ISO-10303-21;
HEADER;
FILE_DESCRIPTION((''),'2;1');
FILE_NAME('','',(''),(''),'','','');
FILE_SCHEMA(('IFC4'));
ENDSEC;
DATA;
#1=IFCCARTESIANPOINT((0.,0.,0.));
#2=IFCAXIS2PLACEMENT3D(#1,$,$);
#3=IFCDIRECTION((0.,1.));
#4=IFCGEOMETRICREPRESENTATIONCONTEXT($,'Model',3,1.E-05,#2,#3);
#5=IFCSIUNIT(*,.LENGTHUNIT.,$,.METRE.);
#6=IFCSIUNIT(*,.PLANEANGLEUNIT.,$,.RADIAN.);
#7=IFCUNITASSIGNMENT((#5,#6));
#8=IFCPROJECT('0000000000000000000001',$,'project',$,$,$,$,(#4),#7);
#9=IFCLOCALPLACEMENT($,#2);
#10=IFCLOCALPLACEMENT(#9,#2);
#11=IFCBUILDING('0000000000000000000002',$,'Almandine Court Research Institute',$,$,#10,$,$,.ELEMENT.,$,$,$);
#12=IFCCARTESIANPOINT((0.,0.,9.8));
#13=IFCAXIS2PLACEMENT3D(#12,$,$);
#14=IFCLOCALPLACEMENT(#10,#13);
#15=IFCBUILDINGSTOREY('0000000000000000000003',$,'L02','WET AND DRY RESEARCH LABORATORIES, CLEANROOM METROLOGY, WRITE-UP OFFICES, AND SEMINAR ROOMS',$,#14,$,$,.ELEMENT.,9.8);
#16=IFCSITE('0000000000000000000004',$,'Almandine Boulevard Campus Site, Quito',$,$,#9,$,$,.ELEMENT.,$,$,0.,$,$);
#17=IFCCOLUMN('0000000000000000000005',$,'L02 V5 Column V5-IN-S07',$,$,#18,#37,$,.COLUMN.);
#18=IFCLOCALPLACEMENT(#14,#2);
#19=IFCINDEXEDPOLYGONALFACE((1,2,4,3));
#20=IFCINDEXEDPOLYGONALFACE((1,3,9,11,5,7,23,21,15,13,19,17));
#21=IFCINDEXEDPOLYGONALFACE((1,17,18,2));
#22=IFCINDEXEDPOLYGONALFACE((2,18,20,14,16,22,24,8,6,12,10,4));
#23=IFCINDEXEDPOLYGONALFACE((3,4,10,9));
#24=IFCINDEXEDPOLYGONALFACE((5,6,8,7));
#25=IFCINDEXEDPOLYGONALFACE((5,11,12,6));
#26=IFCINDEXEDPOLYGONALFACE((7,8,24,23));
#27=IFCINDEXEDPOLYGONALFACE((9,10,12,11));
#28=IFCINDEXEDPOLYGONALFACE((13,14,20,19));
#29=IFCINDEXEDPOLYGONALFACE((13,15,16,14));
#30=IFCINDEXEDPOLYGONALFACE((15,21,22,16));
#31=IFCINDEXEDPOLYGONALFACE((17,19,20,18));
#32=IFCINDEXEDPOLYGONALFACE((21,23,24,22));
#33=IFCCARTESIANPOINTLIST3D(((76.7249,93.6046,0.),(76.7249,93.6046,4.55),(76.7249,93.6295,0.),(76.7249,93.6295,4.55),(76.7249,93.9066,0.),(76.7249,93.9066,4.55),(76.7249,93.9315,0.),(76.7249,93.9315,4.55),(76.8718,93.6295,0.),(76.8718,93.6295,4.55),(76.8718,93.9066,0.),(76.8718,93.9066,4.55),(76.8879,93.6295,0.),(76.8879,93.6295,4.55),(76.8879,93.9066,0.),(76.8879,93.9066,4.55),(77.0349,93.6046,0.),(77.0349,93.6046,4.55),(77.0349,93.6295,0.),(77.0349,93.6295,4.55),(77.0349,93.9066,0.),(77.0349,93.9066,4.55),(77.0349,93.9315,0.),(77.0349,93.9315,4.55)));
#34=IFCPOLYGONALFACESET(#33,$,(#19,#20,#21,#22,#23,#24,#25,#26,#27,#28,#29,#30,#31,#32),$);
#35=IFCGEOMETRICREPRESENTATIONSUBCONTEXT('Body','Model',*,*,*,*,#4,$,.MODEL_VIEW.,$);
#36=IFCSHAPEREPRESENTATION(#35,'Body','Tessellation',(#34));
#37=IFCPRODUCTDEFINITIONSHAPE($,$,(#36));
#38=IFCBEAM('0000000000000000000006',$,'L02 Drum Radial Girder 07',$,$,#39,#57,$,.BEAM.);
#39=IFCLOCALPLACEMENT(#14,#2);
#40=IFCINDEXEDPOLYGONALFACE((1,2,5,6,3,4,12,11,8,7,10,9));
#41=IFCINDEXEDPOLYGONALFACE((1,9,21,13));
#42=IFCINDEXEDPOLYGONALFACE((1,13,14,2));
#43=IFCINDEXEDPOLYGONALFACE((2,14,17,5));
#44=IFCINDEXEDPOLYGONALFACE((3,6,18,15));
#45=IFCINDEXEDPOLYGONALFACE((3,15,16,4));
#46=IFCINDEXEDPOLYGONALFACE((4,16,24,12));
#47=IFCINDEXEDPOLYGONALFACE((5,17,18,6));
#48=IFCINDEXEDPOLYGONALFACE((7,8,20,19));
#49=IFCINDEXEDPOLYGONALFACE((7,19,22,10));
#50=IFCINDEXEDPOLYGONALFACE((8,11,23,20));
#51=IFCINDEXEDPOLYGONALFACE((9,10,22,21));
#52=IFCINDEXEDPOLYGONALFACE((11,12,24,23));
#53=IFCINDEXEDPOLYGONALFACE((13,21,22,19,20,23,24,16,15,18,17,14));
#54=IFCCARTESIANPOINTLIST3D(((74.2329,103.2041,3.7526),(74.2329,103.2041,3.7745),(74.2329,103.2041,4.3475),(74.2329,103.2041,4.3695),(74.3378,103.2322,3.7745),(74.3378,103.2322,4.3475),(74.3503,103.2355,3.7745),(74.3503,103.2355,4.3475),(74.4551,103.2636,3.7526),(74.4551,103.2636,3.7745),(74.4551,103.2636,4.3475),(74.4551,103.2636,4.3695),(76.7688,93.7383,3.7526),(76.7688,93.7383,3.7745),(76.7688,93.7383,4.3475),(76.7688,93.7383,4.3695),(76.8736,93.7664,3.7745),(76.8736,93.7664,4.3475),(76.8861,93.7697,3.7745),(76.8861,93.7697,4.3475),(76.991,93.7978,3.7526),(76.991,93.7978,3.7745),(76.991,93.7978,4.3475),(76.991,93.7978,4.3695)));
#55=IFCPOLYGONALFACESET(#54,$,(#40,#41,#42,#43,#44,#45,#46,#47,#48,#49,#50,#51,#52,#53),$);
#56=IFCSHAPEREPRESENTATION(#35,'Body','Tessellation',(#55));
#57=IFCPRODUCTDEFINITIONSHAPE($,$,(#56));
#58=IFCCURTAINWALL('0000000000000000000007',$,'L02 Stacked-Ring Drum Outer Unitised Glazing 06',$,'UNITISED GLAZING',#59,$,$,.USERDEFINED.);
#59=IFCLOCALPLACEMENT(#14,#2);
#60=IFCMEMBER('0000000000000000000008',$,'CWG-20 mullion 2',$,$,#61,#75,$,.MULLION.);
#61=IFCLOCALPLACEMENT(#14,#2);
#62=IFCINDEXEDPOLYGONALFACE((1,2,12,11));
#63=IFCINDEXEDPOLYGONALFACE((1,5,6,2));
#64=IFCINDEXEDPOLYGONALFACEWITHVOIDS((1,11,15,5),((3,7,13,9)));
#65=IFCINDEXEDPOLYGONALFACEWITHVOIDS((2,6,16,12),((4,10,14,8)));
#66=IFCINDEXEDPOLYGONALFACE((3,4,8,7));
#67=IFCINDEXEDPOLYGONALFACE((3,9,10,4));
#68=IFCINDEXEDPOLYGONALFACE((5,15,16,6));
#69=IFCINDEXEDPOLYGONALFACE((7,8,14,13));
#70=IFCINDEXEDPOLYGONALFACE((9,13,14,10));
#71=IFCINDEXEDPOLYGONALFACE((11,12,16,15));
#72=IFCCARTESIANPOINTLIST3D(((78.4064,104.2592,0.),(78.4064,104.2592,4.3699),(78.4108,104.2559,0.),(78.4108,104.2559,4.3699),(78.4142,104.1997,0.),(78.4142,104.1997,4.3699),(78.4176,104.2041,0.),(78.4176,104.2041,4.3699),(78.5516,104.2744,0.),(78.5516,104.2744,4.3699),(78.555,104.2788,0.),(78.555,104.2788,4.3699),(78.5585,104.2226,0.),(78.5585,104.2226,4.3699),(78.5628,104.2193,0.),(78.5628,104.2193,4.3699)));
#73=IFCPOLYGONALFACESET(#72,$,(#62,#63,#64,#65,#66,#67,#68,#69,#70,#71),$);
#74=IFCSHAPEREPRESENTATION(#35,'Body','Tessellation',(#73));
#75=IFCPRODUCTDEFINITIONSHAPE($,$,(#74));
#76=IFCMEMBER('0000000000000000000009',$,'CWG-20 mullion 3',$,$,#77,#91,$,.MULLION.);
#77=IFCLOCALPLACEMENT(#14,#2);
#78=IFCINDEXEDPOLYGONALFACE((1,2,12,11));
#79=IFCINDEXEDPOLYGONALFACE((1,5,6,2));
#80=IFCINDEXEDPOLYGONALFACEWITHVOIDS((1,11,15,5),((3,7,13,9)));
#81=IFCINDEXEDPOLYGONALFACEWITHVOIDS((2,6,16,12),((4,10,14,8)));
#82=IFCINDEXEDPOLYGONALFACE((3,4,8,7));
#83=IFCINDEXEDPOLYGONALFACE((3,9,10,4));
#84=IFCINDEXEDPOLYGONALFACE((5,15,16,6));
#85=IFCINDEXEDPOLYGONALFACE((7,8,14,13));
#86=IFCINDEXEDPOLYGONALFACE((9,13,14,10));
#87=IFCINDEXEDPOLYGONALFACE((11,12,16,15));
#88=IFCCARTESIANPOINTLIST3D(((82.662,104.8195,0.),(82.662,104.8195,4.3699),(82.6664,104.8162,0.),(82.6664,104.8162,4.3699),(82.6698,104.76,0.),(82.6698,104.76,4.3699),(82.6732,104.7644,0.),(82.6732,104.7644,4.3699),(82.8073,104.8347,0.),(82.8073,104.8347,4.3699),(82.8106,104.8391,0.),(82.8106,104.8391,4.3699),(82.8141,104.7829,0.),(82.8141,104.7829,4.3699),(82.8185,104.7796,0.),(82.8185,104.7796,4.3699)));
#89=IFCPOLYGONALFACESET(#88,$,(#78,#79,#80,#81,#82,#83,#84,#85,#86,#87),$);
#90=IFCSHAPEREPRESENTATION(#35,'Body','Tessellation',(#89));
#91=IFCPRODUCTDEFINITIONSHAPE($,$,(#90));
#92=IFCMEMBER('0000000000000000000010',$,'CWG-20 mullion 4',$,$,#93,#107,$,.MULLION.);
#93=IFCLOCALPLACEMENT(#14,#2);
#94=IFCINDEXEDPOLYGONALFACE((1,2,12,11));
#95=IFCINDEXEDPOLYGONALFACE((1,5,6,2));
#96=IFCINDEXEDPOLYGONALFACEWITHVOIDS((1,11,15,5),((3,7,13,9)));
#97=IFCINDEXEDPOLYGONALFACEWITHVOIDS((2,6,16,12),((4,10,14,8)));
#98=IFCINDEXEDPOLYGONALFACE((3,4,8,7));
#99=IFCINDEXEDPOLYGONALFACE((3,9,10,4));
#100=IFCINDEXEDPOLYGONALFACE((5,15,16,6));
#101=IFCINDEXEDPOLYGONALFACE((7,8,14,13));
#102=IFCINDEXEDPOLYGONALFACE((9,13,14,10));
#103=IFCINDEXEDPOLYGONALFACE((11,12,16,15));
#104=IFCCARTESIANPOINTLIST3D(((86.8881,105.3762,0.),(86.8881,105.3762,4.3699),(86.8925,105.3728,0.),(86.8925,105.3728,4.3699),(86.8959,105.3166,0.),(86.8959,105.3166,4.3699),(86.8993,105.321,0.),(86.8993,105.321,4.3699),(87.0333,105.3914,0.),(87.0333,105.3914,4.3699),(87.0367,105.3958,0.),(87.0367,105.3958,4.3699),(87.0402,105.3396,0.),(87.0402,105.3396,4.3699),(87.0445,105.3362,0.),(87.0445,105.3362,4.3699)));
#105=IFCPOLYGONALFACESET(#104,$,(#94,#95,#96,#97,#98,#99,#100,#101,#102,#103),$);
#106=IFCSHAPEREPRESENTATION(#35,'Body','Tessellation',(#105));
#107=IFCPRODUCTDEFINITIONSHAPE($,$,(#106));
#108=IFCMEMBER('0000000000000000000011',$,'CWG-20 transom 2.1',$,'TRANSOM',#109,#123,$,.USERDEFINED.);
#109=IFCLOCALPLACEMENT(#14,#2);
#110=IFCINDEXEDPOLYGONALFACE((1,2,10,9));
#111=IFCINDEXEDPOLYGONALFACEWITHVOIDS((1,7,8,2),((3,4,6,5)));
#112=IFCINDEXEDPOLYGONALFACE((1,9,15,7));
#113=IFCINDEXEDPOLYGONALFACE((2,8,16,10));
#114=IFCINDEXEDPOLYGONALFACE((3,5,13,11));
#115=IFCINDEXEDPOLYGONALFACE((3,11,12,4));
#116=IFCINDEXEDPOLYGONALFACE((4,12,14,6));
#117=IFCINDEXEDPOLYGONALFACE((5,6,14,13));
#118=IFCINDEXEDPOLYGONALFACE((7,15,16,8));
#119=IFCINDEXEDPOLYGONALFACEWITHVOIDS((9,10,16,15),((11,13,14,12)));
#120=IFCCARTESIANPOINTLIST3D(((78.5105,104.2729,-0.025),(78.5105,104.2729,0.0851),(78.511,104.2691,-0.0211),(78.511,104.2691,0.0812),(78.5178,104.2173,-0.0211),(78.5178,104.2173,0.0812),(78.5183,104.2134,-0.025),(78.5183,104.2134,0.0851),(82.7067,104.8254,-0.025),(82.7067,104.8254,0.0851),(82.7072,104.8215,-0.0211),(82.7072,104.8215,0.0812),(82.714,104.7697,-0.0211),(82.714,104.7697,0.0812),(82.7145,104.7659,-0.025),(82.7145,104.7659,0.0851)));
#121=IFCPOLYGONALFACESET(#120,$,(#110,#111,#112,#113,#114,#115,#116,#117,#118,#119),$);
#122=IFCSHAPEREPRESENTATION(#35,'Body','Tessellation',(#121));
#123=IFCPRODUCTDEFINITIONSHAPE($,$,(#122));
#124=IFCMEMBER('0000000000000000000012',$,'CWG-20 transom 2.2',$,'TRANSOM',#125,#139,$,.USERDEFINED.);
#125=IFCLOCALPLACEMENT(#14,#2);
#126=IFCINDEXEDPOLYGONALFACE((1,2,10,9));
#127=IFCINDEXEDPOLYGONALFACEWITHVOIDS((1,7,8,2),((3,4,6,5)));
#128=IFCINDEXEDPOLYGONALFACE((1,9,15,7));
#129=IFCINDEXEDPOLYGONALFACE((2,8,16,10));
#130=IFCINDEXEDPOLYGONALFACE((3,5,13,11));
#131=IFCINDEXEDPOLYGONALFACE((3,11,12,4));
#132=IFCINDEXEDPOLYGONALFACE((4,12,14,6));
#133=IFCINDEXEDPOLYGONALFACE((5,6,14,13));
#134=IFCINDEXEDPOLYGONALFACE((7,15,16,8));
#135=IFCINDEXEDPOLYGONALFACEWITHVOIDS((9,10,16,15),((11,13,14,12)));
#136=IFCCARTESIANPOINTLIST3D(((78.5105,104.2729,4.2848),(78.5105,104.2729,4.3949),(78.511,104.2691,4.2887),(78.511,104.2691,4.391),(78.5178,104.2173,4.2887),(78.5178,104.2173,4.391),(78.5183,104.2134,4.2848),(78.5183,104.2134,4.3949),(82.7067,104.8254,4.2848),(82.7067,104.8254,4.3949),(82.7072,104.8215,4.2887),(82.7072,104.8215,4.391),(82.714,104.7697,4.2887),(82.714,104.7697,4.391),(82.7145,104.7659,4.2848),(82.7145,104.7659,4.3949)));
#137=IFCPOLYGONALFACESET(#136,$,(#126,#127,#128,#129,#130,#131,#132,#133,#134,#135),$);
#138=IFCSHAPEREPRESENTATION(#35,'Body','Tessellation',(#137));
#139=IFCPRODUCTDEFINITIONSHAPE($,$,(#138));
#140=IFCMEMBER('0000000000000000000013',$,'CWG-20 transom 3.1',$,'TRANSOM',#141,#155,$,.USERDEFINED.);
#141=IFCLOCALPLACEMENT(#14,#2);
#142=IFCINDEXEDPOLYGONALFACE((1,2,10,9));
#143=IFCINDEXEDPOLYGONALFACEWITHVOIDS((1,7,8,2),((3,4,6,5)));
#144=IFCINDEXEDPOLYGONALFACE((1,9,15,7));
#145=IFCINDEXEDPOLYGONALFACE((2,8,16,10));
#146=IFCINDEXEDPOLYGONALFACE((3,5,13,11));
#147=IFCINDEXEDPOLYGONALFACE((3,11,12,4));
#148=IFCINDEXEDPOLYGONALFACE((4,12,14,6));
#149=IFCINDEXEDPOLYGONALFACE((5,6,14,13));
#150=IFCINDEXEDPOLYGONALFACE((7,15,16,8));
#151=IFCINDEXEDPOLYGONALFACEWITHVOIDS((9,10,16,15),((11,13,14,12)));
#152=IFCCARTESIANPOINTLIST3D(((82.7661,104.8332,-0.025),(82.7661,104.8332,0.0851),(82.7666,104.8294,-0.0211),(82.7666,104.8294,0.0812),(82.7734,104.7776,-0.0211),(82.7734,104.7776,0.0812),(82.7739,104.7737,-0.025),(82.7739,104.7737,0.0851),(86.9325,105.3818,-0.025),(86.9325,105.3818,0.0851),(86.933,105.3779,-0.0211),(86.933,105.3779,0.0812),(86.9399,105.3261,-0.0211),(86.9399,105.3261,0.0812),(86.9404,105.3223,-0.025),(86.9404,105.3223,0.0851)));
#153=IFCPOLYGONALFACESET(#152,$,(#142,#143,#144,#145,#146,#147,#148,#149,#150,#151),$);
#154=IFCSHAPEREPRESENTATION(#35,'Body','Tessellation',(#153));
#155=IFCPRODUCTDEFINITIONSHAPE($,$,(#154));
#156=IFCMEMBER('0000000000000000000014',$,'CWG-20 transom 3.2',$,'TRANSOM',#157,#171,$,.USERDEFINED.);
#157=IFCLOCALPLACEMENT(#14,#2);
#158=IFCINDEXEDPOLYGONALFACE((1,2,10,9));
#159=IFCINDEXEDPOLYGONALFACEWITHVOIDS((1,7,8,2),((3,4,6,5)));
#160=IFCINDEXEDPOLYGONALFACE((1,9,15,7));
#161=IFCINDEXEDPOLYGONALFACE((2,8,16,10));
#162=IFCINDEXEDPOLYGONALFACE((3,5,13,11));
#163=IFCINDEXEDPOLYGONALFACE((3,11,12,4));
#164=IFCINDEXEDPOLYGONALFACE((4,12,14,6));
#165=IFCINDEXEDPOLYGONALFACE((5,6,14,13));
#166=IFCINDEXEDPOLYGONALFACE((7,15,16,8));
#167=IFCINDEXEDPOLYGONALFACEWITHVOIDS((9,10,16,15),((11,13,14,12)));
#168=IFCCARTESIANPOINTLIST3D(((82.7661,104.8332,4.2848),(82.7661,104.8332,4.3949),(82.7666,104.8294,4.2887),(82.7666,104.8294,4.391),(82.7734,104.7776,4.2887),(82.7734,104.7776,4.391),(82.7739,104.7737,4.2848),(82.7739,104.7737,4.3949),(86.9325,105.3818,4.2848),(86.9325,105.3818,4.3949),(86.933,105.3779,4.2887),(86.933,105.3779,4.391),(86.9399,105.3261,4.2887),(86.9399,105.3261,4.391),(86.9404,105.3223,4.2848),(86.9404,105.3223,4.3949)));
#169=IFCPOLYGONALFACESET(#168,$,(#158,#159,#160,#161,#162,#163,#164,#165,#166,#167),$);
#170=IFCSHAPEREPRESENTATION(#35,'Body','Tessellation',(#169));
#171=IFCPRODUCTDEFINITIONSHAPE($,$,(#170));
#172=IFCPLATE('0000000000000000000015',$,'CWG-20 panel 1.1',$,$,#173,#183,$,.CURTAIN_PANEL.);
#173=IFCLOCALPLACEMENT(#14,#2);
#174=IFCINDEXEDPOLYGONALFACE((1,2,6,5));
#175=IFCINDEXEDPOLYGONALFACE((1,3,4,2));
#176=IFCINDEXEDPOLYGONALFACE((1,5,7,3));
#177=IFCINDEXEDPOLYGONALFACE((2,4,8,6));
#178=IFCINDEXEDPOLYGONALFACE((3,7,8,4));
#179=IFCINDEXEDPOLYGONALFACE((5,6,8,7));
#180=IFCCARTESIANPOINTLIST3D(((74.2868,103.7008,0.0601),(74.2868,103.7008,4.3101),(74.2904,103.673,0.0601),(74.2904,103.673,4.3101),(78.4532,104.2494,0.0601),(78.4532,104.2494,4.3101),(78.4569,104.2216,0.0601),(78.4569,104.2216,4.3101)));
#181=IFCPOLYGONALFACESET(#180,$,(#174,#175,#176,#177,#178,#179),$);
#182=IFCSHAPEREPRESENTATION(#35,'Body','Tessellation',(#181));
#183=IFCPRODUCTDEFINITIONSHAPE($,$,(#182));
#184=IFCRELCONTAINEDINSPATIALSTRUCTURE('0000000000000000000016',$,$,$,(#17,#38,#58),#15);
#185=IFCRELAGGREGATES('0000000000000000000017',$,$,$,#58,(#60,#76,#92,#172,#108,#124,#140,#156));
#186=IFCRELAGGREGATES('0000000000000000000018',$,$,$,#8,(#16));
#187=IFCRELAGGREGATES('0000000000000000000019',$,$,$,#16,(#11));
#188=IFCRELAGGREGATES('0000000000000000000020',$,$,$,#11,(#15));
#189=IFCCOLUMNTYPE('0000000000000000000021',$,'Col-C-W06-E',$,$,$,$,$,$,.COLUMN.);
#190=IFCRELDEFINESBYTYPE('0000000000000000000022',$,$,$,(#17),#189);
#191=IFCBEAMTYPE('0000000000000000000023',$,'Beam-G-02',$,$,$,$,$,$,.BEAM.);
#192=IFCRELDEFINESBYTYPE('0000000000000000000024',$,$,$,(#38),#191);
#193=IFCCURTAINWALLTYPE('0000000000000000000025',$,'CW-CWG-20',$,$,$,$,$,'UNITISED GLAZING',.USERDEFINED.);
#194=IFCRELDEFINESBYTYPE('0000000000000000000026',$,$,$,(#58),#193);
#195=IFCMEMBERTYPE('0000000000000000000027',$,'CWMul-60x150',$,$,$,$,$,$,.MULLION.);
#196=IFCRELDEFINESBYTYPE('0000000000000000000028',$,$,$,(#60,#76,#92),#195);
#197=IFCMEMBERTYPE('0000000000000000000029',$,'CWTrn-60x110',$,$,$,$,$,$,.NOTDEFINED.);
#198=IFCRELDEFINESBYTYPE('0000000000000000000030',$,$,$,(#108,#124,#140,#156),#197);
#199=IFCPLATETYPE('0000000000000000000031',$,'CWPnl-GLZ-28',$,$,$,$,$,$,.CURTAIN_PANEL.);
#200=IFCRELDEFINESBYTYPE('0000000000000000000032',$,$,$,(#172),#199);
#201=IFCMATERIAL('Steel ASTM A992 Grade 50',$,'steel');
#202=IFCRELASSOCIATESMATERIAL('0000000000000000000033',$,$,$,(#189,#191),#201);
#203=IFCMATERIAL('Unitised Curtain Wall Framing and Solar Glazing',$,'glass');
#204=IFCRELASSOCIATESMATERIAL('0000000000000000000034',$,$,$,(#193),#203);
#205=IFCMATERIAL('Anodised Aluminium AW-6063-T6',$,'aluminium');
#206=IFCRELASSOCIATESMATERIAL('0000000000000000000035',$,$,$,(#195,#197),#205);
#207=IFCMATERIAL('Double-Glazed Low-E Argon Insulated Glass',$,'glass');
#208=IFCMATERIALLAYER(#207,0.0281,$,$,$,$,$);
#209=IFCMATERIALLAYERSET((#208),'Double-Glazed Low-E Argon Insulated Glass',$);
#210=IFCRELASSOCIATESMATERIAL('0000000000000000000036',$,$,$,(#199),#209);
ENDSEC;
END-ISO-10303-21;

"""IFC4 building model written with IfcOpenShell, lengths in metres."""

from ifc_helpers import new_model, si_unit, direction, frame, origin, origin_2d, place, context, subcontext, project, spatial, rectangle, hollow_rectangle, i_section, extrude, material, layer, layer_set, material_profile, profile_set, type_object, element, aggregate, save


model = new_model("IFC4")

# Units and contexts
model_context = context("Model", 3, precision=1e-05, world=origin(), true_north=direction((0.0, 1.0)))
body_context = subcontext(model_context, "Body", "Model", "MODEL_VIEW")
ifc_project = project(units=[si_unit("LENGTHUNIT", "METRE"), si_unit("PLANEANGLEUNIT", "RADIAN")], contexts=[model_context])

# Site, building, storey
site_placement = place(None, origin())
site = spatial("IfcSite", under=ifc_project, at=site_placement, Name="Almandine Boulevard Campus Site, Quito", CompositionType="ELEMENT", RefElevation=0.0)
building_placement = place(site_placement, origin())
building = spatial("IfcBuilding", under=site, at=building_placement, Name="Almandine Court Research Institute", CompositionType="ELEMENT")
storey_placement = place(building_placement, frame((0.0, 0.0, 9.8)))
storey = spatial("IfcBuildingStorey", under=building, at=storey_placement, Name="L02", Description="WET AND DRY RESEARCH LABORATORIES, CLEANROOM METROLOGY, WRITE-UP OFFICES, AND SEMINAR ROOMS", CompositionType="ELEMENT", Elevation=9.8)

# Column
ifc_material_1 = material(Name="Steel ASTM A992 Grade 50", Category="steel")
ifc_material_profile_1 = material_profile(ifc_material_1, i_section(OverallWidth=0.3101, OverallDepth=0.3269, WebThickness=0.0161, FlangeThickness=0.0249, at=origin_2d()), Name="W310x158")
ifc_profile_set_1 = profile_set([ifc_material_profile_1], Name="Steel ASTM A992 Grade 50")
column_type = type_object("IfcColumnType", Name="Col-C-W06-E", PredefinedType="COLUMN", material=ifc_profile_set_1)
column_placement = place(storey_placement, frame((76.8799, 93.7681, 0.0), z_axis=(0.0, 0.0, 1.0), x_axis=(1.0, 0.0, 0.0)))
element("IfcColumn", 1, at=column_placement, inside=storey, type_object=column_type, Name="L02 V5 Column V5-IN-S07", PredefinedType="COLUMN", context=body_context, shape_type="SweptSolid", body=[
    extrude(i_section(OverallWidth=0.3101, OverallDepth=0.3269, WebThickness=0.0161, FlangeThickness=0.0249, at=origin_2d()), origin(), (0.0, 0.0, 1.0), 4.55),
])

# Beam
ifc_material_profile_2 = material_profile(ifc_material_1, i_section(OverallWidth=0.23, OverallDepth=0.6169, WebThickness=0.0129, FlangeThickness=0.022, at=origin_2d()), Name="W610x140")
ifc_profile_set_2 = profile_set([ifc_material_profile_2], Name="Steel ASTM A992 Grade 50")
beam_type = type_object("IfcBeamType", Name="Beam-G-02", PredefinedType="BEAM", material=ifc_profile_set_2)
beam_placement = place(storey_placement, frame((76.8799, 93.7681, 4.061), z_axis=(-0.258774, 0.965938, 0.0), x_axis=(-0.965938, -0.258774, 0.0)))
element("IfcBeam", 2, at=beam_placement, inside=storey, type_object=beam_type, Name="L02 Drum Radial Girder 07", PredefinedType="BEAM", context=body_context, shape_type="SweptSolid", body=[
    extrude(i_section(OverallWidth=0.23, OverallDepth=0.6169, WebThickness=0.0129, FlangeThickness=0.022, at=origin_2d()), origin(), (0.0, 0.0, 1.0), 9.7996),
])

# Curtain wall, members, plate
ifc_material_2 = material(Name="Unitised Curtain Wall Framing and Solar Glazing", Category="glass")
curtain_wall_type = type_object("IfcCurtainWallType", Name="CW-CWG-20", ElementType="UNITISED GLAZING", PredefinedType="USERDEFINED", material=ifc_material_2)
curtain_wall_placement = place(storey_placement, origin())
curtain_wall = element("IfcCurtainWall", 3, at=curtain_wall_placement, inside=storey, type_object=curtain_wall_type, Name="L02 Stacked-Ring Drum Outer Unitised Glazing 06", ObjectType="UNITISED GLAZING", PredefinedType="USERDEFINED")
ifc_material_3 = material(Name="Anodised Aluminium AW-6063-T6", Category="aluminium")
ifc_material_profile_3 = material_profile(ifc_material_3, hollow_rectangle(XDim=0.0601, YDim=0.1499, WallThickness=0.0039, at=origin_2d()), Name="ALU RHS 60x150x4")
ifc_profile_set_3 = profile_set([ifc_material_profile_3], Name="Anodised Aluminium AW-6063-T6")
member_type_1 = type_object("IfcMemberType", Name="CWMul-60x150", PredefinedType="MULLION", material=ifc_profile_set_3)
member_1_placement = place(storey_placement, frame((78.4846, 104.2393, 0.0), z_axis=(0.0, 0.0, 1.0), x_axis=(-0.130541, 0.991443, 0.0)))
member_1 = element("IfcMember", 4, at=member_1_placement, type_object=member_type_1, Name="CWG-20 mullion 2", PredefinedType="MULLION", context=body_context, shape_type="SweptSolid", body=[
    extrude(hollow_rectangle(XDim=0.0601, YDim=0.1499, WallThickness=0.0039, at=origin_2d()), origin(), (0.0, 0.0, 1.0), 4.3699),
])
member_2_placement = place(storey_placement, frame((82.7402, 104.7996, 0.0), z_axis=(0.0, 0.0, 1.0), x_axis=(-0.130541, 0.991443, 0.0)))
member_2 = element("IfcMember", 5, at=member_2_placement, type_object=member_type_1, Name="CWG-20 mullion 3", PredefinedType="MULLION", context=body_context, shape_type="SweptSolid", body=[
    extrude(hollow_rectangle(XDim=0.0601, YDim=0.1499, WallThickness=0.0039, at=origin_2d()), origin(), (0.0, 0.0, 1.0), 4.3699),
])
member_3_placement = place(storey_placement, frame((86.9663, 105.3562, 0.0), z_axis=(0.0, 0.0, 1.0), x_axis=(-0.130541, 0.991443, 0.0)))
member_3 = element("IfcMember", 6, at=member_3_placement, type_object=member_type_1, Name="CWG-20 mullion 4", PredefinedType="MULLION", context=body_context, shape_type="SweptSolid", body=[
    extrude(hollow_rectangle(XDim=0.0601, YDim=0.1499, WallThickness=0.0039, at=origin_2d()), origin(), (0.0, 0.0, 1.0), 4.3699),
])
ifc_material_profile_4 = material_profile(ifc_material_3, hollow_rectangle(XDim=0.0601, YDim=0.1101, WallThickness=0.0039, at=origin_2d()), Name="ALU RHS 60x110x4")
ifc_profile_set_4 = profile_set([ifc_material_profile_4], Name="Anodised Aluminium AW-6063-T6")
member_type_2 = type_object("IfcMemberType", Name="CWTrn-60x110", PredefinedType="NOTDEFINED", material=ifc_profile_set_4)
member_4_placement = place(storey_placement, frame((78.5144, 104.2432, 0.03), z_axis=(0.991444, 0.130535, 0.0), x_axis=(-0.130535, 0.991444, 0.0)))
member_4 = element("IfcMember", 7, at=member_4_placement, type_object=member_type_2, Name="CWG-20 transom 2.1", ObjectType="TRANSOM", PredefinedType="USERDEFINED", context=body_context, shape_type="SweptSolid", body=[
    extrude(hollow_rectangle(XDim=0.0601, YDim=0.1101, WallThickness=0.0039, at=origin_2d()), origin(), (0.0, 0.0, 1.0), 4.2324),
])
member_5_placement = place(storey_placement, frame((78.5144, 104.2432, 4.3398), z_axis=(0.991444, 0.130535, 0.0), x_axis=(-0.130535, 0.991444, 0.0)))
member_5 = element("IfcMember", 8, at=member_5_placement, type_object=member_type_2, Name="CWG-20 transom 2.2", ObjectType="TRANSOM", PredefinedType="USERDEFINED", context=body_context, shape_type="SweptSolid", body=[
    extrude(hollow_rectangle(XDim=0.0601, YDim=0.1101, WallThickness=0.0039, at=origin_2d()), origin(), (0.0, 0.0, 1.0), 4.2324),
])
member_6_placement = place(storey_placement, frame((82.77, 104.8035, 0.03), z_axis=(0.991443, 0.130539, 0.0), x_axis=(-0.130539, 0.991443, 0.0)))
member_6 = element("IfcMember", 9, at=member_6_placement, type_object=member_type_2, Name="CWG-20 transom 3.1", ObjectType="TRANSOM", PredefinedType="USERDEFINED", context=body_context, shape_type="SweptSolid", body=[
    extrude(hollow_rectangle(XDim=0.0601, YDim=0.1101, WallThickness=0.0039, at=origin_2d()), origin(), (0.0, 0.0, 1.0), 4.2024),
])
member_7_placement = place(storey_placement, frame((82.77, 104.8035, 4.3398), z_axis=(0.991443, 0.130539, 0.0), x_axis=(-0.130539, 0.991443, 0.0)))
member_7 = element("IfcMember", 10, at=member_7_placement, type_object=member_type_2, Name="CWG-20 transom 3.2", ObjectType="TRANSOM", PredefinedType="USERDEFINED", context=body_context, shape_type="SweptSolid", body=[
    extrude(hollow_rectangle(XDim=0.0601, YDim=0.1101, WallThickness=0.0039, at=origin_2d()), origin(), (0.0, 0.0, 1.0), 4.2024),
])
ifc_material_4 = material(Name="Double-Glazed Low-E Argon Insulated Glass", Category="glass")
ifc_layer_1 = layer(ifc_material_4, 0.0281)
ifc_layer_set_1 = layer_set([ifc_layer_1], Name="Double-Glazed Low-E Argon Insulated Glass")
plate_type = type_object("IfcPlateType", Name="CWPnl-GLZ-28", PredefinedType="CURTAIN_PANEL", material=ifc_layer_set_1)
plate_1_placement = place(storey_placement, frame((76.3718, 103.9612, 0.0601), z_axis=(0.0, 0.0, 1.0), x_axis=(0.991443, 0.130541, 0.0)))
plate_1 = element("IfcPlate", 11, at=plate_1_placement, type_object=plate_type, Name="CWG-20 panel 1.1", PredefinedType="CURTAIN_PANEL", context=body_context, shape_type="SweptSolid", body=[
    extrude(rectangle(XDim=4.2024, YDim=0.0281, at=origin_2d()), origin(), (0.0, 0.0, 1.0), 4.25),
])
aggregate(curtain_wall, [member_1, member_2, member_3, plate_1, member_4, member_5, member_6, member_7])

save(model, "model.ifc")
